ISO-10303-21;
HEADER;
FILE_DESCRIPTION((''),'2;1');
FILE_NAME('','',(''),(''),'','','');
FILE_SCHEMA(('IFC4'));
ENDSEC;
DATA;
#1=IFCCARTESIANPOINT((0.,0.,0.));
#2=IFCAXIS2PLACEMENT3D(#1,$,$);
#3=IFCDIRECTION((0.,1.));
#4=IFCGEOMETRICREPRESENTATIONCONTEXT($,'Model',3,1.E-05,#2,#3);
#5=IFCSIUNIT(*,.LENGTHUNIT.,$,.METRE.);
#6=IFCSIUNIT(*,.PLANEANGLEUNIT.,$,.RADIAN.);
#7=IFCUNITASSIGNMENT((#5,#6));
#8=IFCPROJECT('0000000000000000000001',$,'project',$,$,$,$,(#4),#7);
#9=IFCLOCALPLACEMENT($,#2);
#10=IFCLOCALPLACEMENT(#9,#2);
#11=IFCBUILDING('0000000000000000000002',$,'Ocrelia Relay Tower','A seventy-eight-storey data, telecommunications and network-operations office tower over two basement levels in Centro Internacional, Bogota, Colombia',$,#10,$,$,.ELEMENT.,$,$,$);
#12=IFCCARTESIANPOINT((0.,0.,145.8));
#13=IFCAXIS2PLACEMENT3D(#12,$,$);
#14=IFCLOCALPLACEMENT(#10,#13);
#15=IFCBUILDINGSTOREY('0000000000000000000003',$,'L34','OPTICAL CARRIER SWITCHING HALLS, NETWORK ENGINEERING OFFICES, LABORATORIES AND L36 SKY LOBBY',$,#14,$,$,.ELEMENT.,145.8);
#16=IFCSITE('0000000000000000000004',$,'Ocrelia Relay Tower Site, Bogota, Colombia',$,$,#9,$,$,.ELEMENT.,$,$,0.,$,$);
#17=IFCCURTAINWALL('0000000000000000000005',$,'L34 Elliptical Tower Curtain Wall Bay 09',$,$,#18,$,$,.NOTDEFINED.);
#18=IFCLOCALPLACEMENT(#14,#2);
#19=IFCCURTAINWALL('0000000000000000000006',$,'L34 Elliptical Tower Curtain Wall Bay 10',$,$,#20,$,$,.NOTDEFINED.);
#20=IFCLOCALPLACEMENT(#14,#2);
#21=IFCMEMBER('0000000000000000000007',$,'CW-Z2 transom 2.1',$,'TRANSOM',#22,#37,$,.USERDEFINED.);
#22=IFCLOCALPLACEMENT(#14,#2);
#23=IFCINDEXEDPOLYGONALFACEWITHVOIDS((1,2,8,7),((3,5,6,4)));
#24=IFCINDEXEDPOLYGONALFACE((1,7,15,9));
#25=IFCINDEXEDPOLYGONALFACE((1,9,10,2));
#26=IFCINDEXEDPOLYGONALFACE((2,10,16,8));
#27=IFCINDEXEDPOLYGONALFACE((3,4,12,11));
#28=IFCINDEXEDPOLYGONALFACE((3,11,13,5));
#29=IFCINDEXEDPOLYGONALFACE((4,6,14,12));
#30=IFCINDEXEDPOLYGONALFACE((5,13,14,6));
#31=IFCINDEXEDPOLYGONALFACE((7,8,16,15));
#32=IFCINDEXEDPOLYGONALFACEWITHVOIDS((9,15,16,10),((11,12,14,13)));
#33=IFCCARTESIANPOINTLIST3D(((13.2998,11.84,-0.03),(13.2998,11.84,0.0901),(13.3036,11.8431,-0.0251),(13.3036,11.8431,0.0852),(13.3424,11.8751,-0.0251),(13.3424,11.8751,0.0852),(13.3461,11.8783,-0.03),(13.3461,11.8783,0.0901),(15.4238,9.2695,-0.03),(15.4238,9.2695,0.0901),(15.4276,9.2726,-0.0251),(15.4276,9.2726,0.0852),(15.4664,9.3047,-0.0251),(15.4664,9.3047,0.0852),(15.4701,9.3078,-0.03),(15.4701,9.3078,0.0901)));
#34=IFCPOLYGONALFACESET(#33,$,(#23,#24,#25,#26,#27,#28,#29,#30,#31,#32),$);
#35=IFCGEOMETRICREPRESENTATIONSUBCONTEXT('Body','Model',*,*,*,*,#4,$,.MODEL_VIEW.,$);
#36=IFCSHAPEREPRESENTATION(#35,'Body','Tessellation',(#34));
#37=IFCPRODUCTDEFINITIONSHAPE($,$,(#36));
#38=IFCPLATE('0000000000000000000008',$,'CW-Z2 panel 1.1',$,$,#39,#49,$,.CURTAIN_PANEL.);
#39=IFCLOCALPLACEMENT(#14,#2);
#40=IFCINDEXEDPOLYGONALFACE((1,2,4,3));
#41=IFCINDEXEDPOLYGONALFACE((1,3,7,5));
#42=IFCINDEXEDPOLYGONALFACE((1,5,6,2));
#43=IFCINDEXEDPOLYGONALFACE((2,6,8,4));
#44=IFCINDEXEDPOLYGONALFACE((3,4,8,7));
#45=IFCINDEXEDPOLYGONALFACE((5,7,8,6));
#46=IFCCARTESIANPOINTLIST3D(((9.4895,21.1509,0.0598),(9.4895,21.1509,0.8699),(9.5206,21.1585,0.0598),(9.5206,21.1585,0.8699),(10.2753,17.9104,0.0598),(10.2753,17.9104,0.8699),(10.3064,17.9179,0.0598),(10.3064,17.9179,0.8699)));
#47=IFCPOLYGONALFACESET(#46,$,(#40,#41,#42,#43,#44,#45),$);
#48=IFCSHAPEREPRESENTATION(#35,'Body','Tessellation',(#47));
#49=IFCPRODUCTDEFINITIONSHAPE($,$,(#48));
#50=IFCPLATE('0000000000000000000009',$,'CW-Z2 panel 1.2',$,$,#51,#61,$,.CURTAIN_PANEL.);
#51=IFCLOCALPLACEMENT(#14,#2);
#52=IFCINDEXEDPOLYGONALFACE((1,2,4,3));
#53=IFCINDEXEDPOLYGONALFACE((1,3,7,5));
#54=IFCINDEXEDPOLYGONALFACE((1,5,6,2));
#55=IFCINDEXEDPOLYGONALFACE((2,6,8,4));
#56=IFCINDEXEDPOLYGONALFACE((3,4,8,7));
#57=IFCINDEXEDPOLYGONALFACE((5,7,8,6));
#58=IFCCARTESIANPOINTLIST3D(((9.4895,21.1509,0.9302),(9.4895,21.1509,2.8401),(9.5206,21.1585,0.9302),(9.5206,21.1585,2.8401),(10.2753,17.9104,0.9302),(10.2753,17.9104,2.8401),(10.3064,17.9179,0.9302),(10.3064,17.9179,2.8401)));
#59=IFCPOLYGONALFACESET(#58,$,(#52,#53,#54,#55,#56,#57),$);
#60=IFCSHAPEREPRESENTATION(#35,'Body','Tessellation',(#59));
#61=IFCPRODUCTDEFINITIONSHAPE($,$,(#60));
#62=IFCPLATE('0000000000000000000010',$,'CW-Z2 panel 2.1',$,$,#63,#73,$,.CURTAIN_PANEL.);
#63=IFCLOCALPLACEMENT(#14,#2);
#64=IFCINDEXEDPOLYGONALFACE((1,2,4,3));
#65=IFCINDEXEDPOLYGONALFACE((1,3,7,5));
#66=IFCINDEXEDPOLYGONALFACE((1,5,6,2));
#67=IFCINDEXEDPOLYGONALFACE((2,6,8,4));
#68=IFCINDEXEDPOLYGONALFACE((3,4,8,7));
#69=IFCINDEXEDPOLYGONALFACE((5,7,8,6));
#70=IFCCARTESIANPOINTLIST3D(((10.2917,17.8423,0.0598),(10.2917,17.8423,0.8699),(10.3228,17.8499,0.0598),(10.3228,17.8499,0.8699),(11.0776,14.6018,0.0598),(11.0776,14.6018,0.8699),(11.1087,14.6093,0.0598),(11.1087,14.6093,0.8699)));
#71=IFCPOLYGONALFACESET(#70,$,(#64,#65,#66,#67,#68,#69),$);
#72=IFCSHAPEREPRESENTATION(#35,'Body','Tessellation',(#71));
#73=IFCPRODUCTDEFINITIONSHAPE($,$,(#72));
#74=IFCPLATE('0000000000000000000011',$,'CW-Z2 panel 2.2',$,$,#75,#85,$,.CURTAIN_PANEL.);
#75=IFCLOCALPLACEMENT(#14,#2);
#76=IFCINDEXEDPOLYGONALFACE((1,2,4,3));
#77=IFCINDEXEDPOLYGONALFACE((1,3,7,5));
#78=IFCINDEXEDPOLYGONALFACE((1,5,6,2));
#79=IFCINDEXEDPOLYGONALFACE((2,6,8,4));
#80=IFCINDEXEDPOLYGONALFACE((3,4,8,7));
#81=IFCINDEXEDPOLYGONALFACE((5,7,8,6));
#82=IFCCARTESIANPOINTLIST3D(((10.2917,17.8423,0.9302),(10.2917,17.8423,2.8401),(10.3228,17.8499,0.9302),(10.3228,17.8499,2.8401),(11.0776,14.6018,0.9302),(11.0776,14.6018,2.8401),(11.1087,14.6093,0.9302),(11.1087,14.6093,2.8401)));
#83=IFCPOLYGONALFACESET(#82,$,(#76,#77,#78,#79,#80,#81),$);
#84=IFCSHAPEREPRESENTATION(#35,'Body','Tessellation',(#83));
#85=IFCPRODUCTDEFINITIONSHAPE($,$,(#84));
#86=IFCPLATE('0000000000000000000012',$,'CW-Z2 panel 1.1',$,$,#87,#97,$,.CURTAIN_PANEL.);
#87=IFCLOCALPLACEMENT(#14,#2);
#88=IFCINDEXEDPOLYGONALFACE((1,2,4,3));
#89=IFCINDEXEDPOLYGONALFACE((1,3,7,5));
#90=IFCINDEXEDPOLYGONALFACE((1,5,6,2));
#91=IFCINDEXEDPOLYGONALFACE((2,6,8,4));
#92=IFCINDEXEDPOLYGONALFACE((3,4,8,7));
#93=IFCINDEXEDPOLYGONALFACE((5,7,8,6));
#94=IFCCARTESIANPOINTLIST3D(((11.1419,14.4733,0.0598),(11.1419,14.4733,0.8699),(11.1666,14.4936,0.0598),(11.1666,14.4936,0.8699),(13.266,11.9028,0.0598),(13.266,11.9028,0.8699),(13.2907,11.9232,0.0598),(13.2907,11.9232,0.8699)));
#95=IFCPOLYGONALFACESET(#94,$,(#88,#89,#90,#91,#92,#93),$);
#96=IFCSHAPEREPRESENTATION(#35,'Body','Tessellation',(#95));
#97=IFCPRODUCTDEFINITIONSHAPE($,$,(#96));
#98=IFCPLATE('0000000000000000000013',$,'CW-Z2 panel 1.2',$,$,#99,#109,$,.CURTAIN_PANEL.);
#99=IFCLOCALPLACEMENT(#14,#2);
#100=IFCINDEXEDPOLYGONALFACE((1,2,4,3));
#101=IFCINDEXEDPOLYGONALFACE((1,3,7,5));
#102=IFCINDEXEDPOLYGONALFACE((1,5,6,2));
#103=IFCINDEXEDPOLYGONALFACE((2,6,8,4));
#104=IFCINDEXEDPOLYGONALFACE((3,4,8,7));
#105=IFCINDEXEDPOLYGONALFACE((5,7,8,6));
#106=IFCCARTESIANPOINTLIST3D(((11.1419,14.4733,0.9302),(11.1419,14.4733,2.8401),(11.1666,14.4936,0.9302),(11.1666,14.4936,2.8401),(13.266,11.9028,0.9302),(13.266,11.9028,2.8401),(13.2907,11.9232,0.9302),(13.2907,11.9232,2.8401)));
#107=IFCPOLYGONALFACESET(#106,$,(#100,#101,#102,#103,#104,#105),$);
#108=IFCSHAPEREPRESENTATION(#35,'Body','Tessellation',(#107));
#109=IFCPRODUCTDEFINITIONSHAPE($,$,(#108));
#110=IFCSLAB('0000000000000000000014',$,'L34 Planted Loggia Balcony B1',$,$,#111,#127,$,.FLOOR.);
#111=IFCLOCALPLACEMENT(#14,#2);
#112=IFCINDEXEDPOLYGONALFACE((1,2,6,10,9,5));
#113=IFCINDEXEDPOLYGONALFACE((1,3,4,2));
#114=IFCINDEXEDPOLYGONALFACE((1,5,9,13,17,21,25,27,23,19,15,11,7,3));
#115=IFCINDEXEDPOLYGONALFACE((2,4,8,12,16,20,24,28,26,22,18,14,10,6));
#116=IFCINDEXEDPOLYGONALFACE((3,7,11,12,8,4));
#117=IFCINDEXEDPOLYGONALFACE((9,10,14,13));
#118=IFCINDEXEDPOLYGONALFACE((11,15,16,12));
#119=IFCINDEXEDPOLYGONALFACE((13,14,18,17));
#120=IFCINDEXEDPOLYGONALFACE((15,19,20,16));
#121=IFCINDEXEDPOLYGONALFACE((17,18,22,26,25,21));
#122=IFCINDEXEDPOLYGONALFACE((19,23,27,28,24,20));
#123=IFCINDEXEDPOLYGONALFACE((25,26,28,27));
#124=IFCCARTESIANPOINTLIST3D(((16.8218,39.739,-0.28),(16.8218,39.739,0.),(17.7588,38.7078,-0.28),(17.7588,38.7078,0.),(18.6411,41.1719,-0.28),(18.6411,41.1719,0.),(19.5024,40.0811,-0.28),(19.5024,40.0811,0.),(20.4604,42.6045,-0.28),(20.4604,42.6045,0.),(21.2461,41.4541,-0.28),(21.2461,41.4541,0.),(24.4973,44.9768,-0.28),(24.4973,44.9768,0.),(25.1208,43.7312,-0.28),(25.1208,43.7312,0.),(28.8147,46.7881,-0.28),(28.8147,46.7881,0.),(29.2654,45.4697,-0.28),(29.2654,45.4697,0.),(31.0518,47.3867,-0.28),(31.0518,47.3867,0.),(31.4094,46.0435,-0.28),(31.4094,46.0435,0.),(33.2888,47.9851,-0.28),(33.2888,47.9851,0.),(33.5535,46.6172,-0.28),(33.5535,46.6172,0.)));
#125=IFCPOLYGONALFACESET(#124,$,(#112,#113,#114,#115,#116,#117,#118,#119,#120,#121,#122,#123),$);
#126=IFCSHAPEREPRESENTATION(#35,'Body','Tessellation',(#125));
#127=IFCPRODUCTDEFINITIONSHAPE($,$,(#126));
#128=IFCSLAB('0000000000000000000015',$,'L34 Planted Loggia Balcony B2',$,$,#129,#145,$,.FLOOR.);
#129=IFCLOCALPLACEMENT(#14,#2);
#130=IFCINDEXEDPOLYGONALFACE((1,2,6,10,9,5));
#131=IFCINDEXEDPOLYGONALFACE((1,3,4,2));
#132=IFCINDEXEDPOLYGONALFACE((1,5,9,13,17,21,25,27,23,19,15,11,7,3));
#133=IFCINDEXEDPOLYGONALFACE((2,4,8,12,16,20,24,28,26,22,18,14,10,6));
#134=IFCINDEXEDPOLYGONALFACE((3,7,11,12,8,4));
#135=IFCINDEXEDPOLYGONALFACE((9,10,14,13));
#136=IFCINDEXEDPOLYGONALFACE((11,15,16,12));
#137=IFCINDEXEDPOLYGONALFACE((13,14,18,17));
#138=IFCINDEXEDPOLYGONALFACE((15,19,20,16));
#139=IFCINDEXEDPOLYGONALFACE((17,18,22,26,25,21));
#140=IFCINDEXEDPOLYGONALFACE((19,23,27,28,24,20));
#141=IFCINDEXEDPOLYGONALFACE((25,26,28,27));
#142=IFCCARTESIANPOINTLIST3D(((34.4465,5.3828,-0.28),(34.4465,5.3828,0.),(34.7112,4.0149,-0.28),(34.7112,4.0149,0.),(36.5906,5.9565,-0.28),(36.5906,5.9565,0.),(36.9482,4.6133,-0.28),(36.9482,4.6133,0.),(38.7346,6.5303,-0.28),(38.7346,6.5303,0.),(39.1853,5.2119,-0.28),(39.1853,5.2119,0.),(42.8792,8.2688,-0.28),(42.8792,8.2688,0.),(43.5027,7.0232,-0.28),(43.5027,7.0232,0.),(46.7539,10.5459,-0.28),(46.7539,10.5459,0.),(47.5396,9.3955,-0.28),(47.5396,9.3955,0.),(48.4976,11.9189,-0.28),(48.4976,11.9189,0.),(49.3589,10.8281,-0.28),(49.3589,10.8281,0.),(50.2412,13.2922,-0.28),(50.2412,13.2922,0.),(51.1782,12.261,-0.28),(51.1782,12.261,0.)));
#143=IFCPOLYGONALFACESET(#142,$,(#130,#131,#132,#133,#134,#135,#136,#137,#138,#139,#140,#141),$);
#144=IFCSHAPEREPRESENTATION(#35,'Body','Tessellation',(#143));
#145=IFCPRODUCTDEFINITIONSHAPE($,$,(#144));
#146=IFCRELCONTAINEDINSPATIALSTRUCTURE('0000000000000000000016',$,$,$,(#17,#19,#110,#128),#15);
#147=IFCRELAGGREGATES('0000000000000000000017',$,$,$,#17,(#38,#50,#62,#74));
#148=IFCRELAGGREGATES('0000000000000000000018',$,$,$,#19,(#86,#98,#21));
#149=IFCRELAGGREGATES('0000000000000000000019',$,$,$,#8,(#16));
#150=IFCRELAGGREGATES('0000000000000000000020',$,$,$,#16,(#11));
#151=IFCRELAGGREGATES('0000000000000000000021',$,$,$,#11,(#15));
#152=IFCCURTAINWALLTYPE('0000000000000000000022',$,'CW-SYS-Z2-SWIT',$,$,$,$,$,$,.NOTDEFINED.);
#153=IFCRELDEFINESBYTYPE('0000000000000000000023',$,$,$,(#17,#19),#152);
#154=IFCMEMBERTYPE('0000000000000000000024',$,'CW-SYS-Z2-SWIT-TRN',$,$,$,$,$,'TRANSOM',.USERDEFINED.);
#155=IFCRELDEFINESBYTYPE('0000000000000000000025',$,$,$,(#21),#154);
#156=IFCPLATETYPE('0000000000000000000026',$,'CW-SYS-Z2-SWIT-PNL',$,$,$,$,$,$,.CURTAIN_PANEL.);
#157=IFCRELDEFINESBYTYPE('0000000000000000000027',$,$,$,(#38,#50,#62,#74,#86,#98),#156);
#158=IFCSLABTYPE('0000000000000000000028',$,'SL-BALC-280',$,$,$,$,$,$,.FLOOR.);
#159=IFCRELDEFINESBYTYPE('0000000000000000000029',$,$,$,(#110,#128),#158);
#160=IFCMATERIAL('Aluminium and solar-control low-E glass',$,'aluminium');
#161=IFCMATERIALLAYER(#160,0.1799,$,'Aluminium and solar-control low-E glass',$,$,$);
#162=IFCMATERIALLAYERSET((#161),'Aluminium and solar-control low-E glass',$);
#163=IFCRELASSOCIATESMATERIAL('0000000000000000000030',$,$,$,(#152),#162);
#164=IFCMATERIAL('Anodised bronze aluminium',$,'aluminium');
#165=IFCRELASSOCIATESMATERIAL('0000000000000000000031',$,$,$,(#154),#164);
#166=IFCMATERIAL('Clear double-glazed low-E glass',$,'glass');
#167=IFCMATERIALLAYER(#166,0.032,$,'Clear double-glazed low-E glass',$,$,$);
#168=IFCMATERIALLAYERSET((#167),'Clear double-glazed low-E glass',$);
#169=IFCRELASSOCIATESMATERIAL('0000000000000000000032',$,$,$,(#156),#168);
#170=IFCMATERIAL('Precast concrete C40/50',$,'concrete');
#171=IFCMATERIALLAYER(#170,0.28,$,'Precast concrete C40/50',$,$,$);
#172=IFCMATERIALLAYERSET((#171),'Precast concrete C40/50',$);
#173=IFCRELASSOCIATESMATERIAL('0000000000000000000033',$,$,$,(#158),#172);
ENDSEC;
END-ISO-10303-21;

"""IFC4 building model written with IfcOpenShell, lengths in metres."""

from ifc_helpers import new_model, si_unit, direction, frame, origin, origin_2d, place, context, subcontext, project, spatial, polyline, rectangle, hollow_rectangle, outline, extrude, material, layer, layer_set, material_profile, profile_set, type_object, element, aggregate, save


model = new_model("IFC4")

# Units and contexts
model_context = context("Model", 3, precision=1e-05, world=origin(), true_north=direction((0.0, 1.0)))
body_context = subcontext(model_context, "Body", "Model", "MODEL_VIEW")
ifc_project = project(units=[si_unit("LENGTHUNIT", "METRE"), si_unit("PLANEANGLEUNIT", "RADIAN")], contexts=[model_context])

# Site, building, storey
site_placement = place(None, origin())
site = spatial("IfcSite", under=ifc_project, at=site_placement, Name="Ocrelia Relay Tower Site, Bogota, Colombia", CompositionType="ELEMENT", RefElevation=0.0)
building_placement = place(site_placement, origin())
building = spatial("IfcBuilding", under=site, at=building_placement, Name="Ocrelia Relay Tower", Description="A seventy-eight-storey data, telecommunications and network-operations office tower over two basement levels in Centro Internacional, Bogota, Colombia", CompositionType="ELEMENT")
storey_placement = place(building_placement, frame((0.0, 0.0, 145.8)))
storey = spatial("IfcBuildingStorey", under=building, at=storey_placement, Name="L34", Description="OPTICAL CARRIER SWITCHING HALLS, NETWORK ENGINEERING OFFICES, LABORATORIES AND L36 SKY LOBBY", CompositionType="ELEMENT", Elevation=145.8)

# Curtain walls
ifc_material_1 = material(Name="Aluminium and solar-control low-E glass", Category="aluminium")
ifc_layer_1 = layer(ifc_material_1, 0.1799, Name="Aluminium and solar-control low-E glass")
ifc_layer_set_1 = layer_set([ifc_layer_1], Name="Aluminium and solar-control low-E glass")
curtain_wall_type = type_object("IfcCurtainWallType", Name="CW-SYS-Z2-SWIT", PredefinedType="NOTDEFINED", material=ifc_layer_set_1)
curtain_wall_1_placement = place(storey_placement, origin())
curtain_wall_1 = element("IfcCurtainWall", 1, at=curtain_wall_1_placement, inside=storey, type_object=curtain_wall_type, Name="L34 Elliptical Tower Curtain Wall Bay 09", PredefinedType="NOTDEFINED")
ifc_material_2 = material(Name="Anodised bronze aluminium", Category="aluminium")
curtain_wall_2_placement = place(storey_placement, origin())
curtain_wall_2 = element("IfcCurtainWall", 2, at=curtain_wall_2_placement, inside=storey, type_object=curtain_wall_type, Name="L34 Elliptical Tower Curtain Wall Bay 10", PredefinedType="NOTDEFINED")

# Member
ifc_material_profile_1 = material_profile(ifc_material_2, hollow_rectangle(XDim=0.0601, YDim=0.1201, WallThickness=0.0049, at=origin_2d()), Name="CW-TRN-120x60")
ifc_profile_set_1 = profile_set([ifc_material_profile_1], Name="Anodised bronze aluminium")
member_type_1 = type_object("IfcMemberType", Name="CW-SYS-Z2-SWIT-TRN", ElementType="TRANSOM", PredefinedType="USERDEFINED", material=ifc_profile_set_1)
member_1_placement = place(storey_placement, frame((13.323, 11.8591, 0.03), z_axis=(0.636974, -0.770885, 0.0), x_axis=(0.770885, 0.636974, 0.0)))
member_1 = element("IfcMember", 3, at=member_1_placement, type_object=member_type_1, Name="CW-Z2 transom 2.1", ObjectType="TRANSOM", PredefinedType="USERDEFINED", context=body_context, shape_type="SweptSolid", body=[
    extrude(hollow_rectangle(XDim=0.0601, YDim=0.1201, WallThickness=0.0049, at=origin_2d()), origin(), (0.0, 0.0, 1.0), 3.3345),
])

# Plates
ifc_material_3 = material(Name="Clear double-glazed low-E glass", Category="glass")
ifc_layer_2 = layer(ifc_material_3, 0.032, Name="Clear double-glazed low-E glass")
ifc_layer_set_2 = layer_set([ifc_layer_2], Name="Clear double-glazed low-E glass")
plate_type = type_object("IfcPlateType", Name="CW-SYS-Z2-SWIT-PNL", PredefinedType="CURTAIN_PANEL", material=ifc_layer_set_2)
plate_1_placement = place(storey_placement, frame((9.8979, 19.5344, 0.0598), z_axis=(0.0, 0.0, 1.0), x_axis=(0.235672, -0.971833, 0.0)))
plate_1 = element("IfcPlate", 4, at=plate_1_placement, type_object=plate_type, Name="CW-Z2 panel 1.1", PredefinedType="CURTAIN_PANEL", context=body_context, shape_type="SweptSolid", body=[
    extrude(rectangle(XDim=3.3345, YDim=0.032, at=origin_2d()), origin(), (0.0, 0.0, 1.0), 0.8101),
])
plate_2_placement = place(storey_placement, frame((9.8979, 19.5344, 0.9302), z_axis=(0.0, 0.0, 1.0), x_axis=(0.235672, -0.971833, 0.0)))
plate_2 = element("IfcPlate", 5, at=plate_2_placement, type_object=plate_type, Name="CW-Z2 panel 1.2", PredefinedType="CURTAIN_PANEL", context=body_context, shape_type="SweptSolid", body=[
    extrude(rectangle(XDim=3.3345, YDim=0.032, at=origin_2d()), origin(), (0.0, 0.0, 1.0), 1.9099),
])
plate_3_placement = place(storey_placement, frame((10.7002, 16.2258, 0.0598), z_axis=(0.0, 0.0, 1.0), x_axis=(0.235672, -0.971833, 0.0)))
plate_3 = element("IfcPlate", 6, at=plate_3_placement, type_object=plate_type, Name="CW-Z2 panel 2.1", PredefinedType="CURTAIN_PANEL", context=body_context, shape_type="SweptSolid", body=[
    extrude(rectangle(XDim=3.3345, YDim=0.032, at=origin_2d()), origin(), (0.0, 0.0, 1.0), 0.8101),
])
plate_4_placement = place(storey_placement, frame((10.7002, 16.2258, 0.9302), z_axis=(0.0, 0.0, 1.0), x_axis=(0.235672, -0.971833, 0.0)))
plate_4 = element("IfcPlate", 7, at=plate_4_placement, type_object=plate_type, Name="CW-Z2 panel 2.2", PredefinedType="CURTAIN_PANEL", context=body_context, shape_type="SweptSolid", body=[
    extrude(rectangle(XDim=3.3345, YDim=0.032, at=origin_2d()), origin(), (0.0, 0.0, 1.0), 1.9099),
])
aggregate(curtain_wall_1, [plate_1, plate_2, plate_3, plate_4])
plate_5_placement = place(storey_placement, frame((12.2163, 13.1982, 0.0598), z_axis=(0.0, 0.0, 1.0), x_axis=(0.637005, -0.77086, 0.0)))
plate_5 = element("IfcPlate", 8, at=plate_5_placement, type_object=plate_type, Name="CW-Z2 panel 1.1", PredefinedType="CURTAIN_PANEL", context=body_context, shape_type="SweptSolid", body=[
    extrude(rectangle(XDim=3.3345, YDim=0.032, at=origin_2d()), origin(), (0.0, 0.0, 1.0), 0.8101),
])
plate_6_placement = place(storey_placement, frame((12.2163, 13.1982, 0.9302), z_axis=(0.0, 0.0, 1.0), x_axis=(0.637005, -0.77086, 0.0)))
plate_6 = element("IfcPlate", 9, at=plate_6_placement, type_object=plate_type, Name="CW-Z2 panel 1.2", PredefinedType="CURTAIN_PANEL", context=body_context, shape_type="SweptSolid", body=[
    extrude(rectangle(XDim=3.3345, YDim=0.032, at=origin_2d()), origin(), (0.0, 0.0, 1.0), 1.9099),
])
aggregate(curtain_wall_2, [plate_5, plate_6, member_1])

# Slabs
ifc_material_4 = material(Name="Precast concrete C40/50", Category="concrete")
ifc_layer_3 = layer(ifc_material_4, 0.28, Name="Precast concrete C40/50")
ifc_layer_set_3 = layer_set([ifc_layer_3], Name="Precast concrete C40/50")
slab_type_1 = type_object("IfcSlabType", Name="SL-BALC-280", PredefinedType="FLOOR", material=ifc_layer_set_3)
slab_1_placement = place(storey_placement, frame((0.0, 0.0, -0.28)))
element("IfcSlab", 10, at=slab_1_placement, inside=storey, type_object=slab_type_1, Name="L34 Planted Loggia Balcony B1", PredefinedType="FLOOR", context=body_context, shape_type="SweptSolid", body=[
    extrude(outline(polyline([(33.5535, 46.6172), (31.4094, 46.0435), (29.2654, 45.4697), (25.1208, 43.7312), (21.2461, 41.4541), (19.5024, 40.0811), (17.7588, 38.7078), (16.8218, 39.739), (18.6411, 41.1719), (20.4604, 42.6045), (24.4973, 44.9768), (28.8147, 46.7881), (31.0518, 47.3867), (33.2888, 47.9851), (33.5535, 46.6172)])), origin(), (0.0, 0.0, 1.0), 0.28),
])
slab_2_placement = place(storey_placement, frame((0.0, 0.0, -0.28)))
element("IfcSlab", 11, at=slab_2_placement, inside=storey, type_object=slab_type_1, Name="L34 Planted Loggia Balcony B2", PredefinedType="FLOOR", context=body_context, shape_type="SweptSolid", body=[
    extrude(outline(polyline([(34.4465, 5.3828), (36.5906, 5.9565), (38.7346, 6.5303), (42.8792, 8.2688), (46.7539, 10.5459), (48.4976, 11.9189), (50.2412, 13.2922), (51.1782, 12.261), (49.3589, 10.8281), (47.5396, 9.3955), (43.5027, 7.0232), (39.1853, 5.2119), (36.9482, 4.6133), (34.7112, 4.0149), (34.4465, 5.3828)])), origin(), (0.0, 0.0, 1.0), 0.28),
])

save(model, "model.ifc")
